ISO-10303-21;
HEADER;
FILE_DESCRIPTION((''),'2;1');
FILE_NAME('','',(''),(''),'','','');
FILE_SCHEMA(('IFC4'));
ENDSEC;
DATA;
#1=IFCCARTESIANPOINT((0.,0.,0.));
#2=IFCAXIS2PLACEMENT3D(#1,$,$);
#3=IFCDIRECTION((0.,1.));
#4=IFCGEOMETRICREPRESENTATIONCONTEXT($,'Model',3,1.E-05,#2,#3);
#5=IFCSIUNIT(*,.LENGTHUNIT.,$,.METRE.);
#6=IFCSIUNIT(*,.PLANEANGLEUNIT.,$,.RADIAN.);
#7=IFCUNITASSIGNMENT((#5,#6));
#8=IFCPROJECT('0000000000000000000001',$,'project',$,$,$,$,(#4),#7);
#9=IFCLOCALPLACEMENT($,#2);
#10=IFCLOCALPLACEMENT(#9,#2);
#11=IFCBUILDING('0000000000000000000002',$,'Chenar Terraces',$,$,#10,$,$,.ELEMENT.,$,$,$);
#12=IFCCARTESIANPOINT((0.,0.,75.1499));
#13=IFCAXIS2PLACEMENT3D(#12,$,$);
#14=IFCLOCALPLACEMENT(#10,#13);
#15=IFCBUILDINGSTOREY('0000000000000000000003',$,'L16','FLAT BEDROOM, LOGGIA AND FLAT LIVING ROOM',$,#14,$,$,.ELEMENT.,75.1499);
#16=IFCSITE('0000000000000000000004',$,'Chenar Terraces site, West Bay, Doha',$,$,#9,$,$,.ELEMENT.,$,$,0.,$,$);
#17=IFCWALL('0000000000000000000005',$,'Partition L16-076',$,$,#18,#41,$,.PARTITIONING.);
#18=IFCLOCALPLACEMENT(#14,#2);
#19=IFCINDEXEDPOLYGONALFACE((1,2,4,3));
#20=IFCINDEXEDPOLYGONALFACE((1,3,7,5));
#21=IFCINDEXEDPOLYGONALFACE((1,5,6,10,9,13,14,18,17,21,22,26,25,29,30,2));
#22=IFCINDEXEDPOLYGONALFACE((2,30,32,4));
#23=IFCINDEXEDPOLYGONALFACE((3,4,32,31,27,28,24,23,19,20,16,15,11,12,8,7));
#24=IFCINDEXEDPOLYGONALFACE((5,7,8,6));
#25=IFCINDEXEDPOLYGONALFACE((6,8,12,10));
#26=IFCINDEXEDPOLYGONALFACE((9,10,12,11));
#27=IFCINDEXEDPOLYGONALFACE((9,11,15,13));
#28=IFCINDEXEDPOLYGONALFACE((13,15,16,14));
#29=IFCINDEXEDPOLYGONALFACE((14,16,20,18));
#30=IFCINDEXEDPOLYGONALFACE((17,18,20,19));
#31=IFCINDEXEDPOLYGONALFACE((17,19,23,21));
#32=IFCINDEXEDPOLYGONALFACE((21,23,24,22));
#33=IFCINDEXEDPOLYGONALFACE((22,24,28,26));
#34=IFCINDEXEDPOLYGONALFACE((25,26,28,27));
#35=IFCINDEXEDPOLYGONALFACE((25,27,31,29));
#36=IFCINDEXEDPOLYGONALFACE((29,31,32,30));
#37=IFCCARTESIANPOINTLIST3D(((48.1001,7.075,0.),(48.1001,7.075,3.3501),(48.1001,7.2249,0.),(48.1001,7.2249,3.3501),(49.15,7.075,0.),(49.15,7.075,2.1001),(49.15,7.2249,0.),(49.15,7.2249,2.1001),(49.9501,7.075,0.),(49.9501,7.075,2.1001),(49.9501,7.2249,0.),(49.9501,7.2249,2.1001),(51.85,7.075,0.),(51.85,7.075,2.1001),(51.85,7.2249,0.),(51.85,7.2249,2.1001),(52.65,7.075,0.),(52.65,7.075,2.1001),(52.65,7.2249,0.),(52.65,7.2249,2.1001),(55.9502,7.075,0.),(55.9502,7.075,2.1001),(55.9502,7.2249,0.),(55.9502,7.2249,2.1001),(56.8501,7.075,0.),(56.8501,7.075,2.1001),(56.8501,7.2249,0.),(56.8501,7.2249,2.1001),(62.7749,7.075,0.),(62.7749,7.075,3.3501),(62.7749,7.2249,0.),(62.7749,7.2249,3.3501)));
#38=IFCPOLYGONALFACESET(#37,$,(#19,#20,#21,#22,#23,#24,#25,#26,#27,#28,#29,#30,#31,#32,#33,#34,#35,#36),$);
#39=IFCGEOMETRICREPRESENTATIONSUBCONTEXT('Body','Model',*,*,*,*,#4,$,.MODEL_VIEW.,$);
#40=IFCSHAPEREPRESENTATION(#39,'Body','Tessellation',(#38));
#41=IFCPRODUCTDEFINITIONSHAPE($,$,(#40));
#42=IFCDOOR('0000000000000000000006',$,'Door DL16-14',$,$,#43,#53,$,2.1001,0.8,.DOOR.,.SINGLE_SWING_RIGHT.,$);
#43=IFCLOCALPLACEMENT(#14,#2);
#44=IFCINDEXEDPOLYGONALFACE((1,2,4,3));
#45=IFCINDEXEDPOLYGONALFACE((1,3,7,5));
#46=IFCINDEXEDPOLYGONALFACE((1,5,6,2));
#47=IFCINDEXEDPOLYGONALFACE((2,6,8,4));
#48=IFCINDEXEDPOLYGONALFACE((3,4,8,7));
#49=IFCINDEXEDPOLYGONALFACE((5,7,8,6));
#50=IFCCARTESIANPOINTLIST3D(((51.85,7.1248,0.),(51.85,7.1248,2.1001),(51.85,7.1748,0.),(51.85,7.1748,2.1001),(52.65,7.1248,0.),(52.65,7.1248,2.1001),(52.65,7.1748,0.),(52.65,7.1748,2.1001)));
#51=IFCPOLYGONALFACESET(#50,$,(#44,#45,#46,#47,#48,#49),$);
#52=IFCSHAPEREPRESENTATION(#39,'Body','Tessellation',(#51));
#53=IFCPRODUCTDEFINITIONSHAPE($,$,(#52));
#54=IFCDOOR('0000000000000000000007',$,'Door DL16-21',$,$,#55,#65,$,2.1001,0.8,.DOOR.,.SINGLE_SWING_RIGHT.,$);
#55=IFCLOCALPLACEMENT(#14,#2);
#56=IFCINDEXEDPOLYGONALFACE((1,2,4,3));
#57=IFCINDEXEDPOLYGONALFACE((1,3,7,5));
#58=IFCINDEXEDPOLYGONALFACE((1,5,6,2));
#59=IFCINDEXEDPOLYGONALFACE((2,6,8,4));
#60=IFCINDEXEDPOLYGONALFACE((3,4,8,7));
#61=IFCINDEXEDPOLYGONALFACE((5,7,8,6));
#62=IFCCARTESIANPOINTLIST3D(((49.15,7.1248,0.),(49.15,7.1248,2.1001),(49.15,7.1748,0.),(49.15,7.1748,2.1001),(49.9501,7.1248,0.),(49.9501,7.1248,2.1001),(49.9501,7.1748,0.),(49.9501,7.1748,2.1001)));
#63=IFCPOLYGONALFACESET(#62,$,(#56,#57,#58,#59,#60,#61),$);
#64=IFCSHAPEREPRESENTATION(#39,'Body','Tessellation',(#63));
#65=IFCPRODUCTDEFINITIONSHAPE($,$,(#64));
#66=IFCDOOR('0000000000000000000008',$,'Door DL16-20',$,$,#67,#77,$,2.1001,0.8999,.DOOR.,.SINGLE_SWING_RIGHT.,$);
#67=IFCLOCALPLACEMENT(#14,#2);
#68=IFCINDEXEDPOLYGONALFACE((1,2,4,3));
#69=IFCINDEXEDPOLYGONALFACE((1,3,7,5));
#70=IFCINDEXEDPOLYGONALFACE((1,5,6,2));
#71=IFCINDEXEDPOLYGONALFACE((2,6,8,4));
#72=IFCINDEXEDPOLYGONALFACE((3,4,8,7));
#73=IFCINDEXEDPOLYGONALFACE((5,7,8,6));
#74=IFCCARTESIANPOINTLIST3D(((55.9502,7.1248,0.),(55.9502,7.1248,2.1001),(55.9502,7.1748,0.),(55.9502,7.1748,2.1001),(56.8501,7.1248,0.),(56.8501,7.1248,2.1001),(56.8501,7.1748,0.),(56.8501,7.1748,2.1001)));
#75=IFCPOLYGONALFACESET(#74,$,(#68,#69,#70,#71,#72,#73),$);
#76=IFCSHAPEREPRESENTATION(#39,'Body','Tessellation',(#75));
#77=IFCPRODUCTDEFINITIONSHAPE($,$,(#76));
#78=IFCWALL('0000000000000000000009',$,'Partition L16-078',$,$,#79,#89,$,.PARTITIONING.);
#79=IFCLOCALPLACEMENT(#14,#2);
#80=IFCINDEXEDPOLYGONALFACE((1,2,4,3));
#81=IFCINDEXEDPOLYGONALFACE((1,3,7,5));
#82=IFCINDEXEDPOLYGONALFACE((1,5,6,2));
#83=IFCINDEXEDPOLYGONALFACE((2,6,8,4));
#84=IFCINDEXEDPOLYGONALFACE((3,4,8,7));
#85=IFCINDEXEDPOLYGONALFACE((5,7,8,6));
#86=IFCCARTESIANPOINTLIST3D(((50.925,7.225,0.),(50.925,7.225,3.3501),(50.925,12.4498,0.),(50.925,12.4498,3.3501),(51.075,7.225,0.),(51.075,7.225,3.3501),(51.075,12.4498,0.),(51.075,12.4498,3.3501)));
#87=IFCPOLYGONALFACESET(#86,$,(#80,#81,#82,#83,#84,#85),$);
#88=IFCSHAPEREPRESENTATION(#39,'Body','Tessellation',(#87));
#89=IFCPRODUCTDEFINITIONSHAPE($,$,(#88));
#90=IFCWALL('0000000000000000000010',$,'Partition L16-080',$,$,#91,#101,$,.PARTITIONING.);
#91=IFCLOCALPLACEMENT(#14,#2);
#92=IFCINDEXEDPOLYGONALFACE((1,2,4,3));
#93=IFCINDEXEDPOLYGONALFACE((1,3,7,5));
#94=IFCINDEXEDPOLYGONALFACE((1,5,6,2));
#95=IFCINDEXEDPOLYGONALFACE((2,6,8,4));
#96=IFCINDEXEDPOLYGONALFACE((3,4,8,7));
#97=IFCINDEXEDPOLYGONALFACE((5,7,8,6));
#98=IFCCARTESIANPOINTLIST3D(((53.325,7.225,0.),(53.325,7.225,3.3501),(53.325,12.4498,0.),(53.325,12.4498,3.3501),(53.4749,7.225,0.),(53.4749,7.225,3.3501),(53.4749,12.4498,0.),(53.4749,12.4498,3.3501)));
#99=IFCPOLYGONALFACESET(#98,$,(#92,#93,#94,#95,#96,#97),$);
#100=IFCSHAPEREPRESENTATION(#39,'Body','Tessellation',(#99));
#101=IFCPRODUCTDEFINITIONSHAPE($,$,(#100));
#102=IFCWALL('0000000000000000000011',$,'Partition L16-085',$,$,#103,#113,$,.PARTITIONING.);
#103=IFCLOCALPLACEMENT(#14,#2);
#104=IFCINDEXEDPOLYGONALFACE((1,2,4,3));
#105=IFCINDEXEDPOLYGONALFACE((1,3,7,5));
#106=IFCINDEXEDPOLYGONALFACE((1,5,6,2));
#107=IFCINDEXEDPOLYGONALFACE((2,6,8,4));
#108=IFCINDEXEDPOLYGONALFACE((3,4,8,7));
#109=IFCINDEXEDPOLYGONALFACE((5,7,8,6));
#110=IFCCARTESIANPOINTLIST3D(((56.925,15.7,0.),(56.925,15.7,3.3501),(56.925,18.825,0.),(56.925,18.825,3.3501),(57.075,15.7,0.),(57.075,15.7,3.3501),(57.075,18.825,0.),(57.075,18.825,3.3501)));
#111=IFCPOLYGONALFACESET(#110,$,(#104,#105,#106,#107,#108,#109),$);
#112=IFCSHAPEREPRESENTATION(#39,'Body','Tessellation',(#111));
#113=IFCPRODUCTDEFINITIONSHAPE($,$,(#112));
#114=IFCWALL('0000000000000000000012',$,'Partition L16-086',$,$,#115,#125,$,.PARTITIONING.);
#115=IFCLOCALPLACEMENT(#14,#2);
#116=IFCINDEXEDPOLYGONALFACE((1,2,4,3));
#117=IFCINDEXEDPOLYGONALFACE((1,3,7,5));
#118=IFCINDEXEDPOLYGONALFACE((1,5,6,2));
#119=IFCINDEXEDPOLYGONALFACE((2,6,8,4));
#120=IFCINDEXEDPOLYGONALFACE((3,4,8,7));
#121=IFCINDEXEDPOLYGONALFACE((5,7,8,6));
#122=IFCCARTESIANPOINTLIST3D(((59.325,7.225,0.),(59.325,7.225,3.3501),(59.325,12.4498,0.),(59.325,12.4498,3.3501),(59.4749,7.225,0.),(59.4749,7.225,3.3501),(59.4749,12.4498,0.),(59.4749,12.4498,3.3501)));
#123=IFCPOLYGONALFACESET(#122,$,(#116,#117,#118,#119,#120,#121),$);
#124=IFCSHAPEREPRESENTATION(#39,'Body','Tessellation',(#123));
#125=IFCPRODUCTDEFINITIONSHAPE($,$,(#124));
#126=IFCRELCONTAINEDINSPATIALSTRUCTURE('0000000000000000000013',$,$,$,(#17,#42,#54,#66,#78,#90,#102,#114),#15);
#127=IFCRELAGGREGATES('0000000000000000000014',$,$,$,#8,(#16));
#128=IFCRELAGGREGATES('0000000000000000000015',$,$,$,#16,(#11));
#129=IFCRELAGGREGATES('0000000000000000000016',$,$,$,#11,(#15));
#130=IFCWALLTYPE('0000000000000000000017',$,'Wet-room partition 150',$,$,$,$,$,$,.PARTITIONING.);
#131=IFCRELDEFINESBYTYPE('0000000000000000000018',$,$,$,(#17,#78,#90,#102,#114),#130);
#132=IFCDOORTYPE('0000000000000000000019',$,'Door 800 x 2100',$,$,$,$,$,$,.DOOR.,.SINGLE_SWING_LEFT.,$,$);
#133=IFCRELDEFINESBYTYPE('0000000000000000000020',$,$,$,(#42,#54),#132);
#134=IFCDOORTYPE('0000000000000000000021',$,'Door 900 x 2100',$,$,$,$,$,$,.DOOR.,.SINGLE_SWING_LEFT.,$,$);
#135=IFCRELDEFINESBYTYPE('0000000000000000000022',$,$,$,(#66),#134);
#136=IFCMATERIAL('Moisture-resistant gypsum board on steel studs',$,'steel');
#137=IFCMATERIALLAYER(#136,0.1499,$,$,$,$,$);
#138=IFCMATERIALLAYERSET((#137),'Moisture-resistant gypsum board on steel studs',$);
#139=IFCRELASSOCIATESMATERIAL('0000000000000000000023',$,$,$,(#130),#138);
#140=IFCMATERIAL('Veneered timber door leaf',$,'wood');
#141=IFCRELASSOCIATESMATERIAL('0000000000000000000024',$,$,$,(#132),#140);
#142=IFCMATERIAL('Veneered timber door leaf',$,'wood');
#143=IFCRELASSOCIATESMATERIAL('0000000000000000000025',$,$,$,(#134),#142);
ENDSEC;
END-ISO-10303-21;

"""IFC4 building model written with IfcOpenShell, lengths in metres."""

from ifc_helpers import new_model, si_unit, direction, frame, frame_2d, origin, place, context, subcontext, project, spatial, rectangle, extrude, material, layer, layer_set, type_object, element, fill, save


model = new_model("IFC4")

# Units and contexts
model_context = context("Model", 3, precision=1e-05, world=origin(), true_north=direction((0.0, 1.0)))
body_context = subcontext(model_context, "Body", "Model", "MODEL_VIEW")
ifc_project = project(units=[si_unit("LENGTHUNIT", "METRE"), si_unit("PLANEANGLEUNIT", "RADIAN")], contexts=[model_context])

# Site, building, storey
site_placement = place(None, origin())
site = spatial("IfcSite", under=ifc_project, at=site_placement, Name="Chenar Terraces site, West Bay, Doha", CompositionType="ELEMENT", RefElevation=0.0)
building_placement = place(site_placement, origin())
building = spatial("IfcBuilding", under=site, at=building_placement, Name="Chenar Terraces", CompositionType="ELEMENT")
storey_placement = place(building_placement, frame((0.0, 0.0, 75.1499)))
storey = spatial("IfcBuildingStorey", under=building, at=storey_placement, Name="L16", Description="FLAT BEDROOM, LOGGIA AND FLAT LIVING ROOM", CompositionType="ELEMENT", Elevation=75.1499)

# Wall, openings, doors
ifc_material_1 = material(Name="Moisture-resistant gypsum board on steel studs", Category="steel")
ifc_layer_1 = layer(ifc_material_1, 0.1499)
ifc_layer_set_1 = layer_set([ifc_layer_1], Name="Moisture-resistant gypsum board on steel studs")
wall_type_1 = type_object("IfcWallType", Name="Wet-room partition 150", PredefinedType="PARTITIONING", material=ifc_layer_set_1)
ifc_material_2 = material(Name="Veneered timber door leaf", Category="wood")
door_type_1 = type_object("IfcDoorType", Name="Door 800 x 2100", OperationType="SINGLE_SWING_LEFT", PredefinedType="DOOR", material=ifc_material_2)
ifc_material_3 = material(Name="Veneered timber door leaf", Category="wood")
door_type_2 = type_object("IfcDoorType", Name="Door 900 x 2100", OperationType="SINGLE_SWING_LEFT", PredefinedType="DOOR", material=ifc_material_3)
wall_1_placement = place(storey_placement, frame((48.1001, 7.1499, 0.0), z_axis=(0.0, 0.0, 1.0), x_axis=(1.0, 0.0, 0.0)))
wall_1 = element("IfcWall", 1, at=wall_1_placement, inside=storey, type_object=wall_type_1, Name="Partition L16-076", PredefinedType="PARTITIONING", context=body_context, shape_type="SweptSolid", body=[
    extrude(rectangle(XDim=14.6748, YDim=0.1499, at=frame_2d((7.3374, 0.0))), origin(), (0.0, 0.0, 1.0), 3.3501),
])
opening_1_placement = place(wall_1_placement, frame((3.75, 0.0, 0.0)))
opening_1 = element("IfcOpeningElement", 2, at=opening_1_placement, cuts=wall_1, PredefinedType="OPENING", context=body_context, shape_type="SweptSolid", body=[
    extrude(rectangle(XDim=0.8, YDim=2.1001, at=frame_2d((0.3999, 1.05))), frame((0.0, 0.085, 0.0), z_axis=(0.0, -1.0, 0.0), x_axis=(1.0, 0.0, 0.0)), (0.0, 0.0, 1.0), 0.1699),
])
opening_2_placement = place(wall_1_placement, frame((7.8501, 0.0, 0.0)))
opening_2 = element("IfcOpeningElement", 3, at=opening_2_placement, cuts=wall_1, PredefinedType="OPENING", context=body_context, shape_type="SweptSolid", body=[
    extrude(rectangle(XDim=0.8999, YDim=2.1001, at=frame_2d((0.45, 1.05))), frame((0.0, 0.085, 0.0), z_axis=(0.0, -1.0, 0.0), x_axis=(1.0, 0.0, 0.0)), (0.0, 0.0, 1.0), 0.1699),
])
opening_3_placement = place(wall_1_placement, frame((1.05, 0.0, 0.0)))
opening_3 = element("IfcOpeningElement", 4, at=opening_3_placement, cuts=wall_1, PredefinedType="OPENING", context=body_context, shape_type="SweptSolid", body=[
    extrude(rectangle(XDim=0.8, YDim=2.1001, at=frame_2d((0.3999, 1.05))), frame((0.0, 0.085, 0.0), z_axis=(0.0, -1.0, 0.0), x_axis=(1.0, 0.0, 0.0)), (0.0, 0.0, 1.0), 0.1699),
])
door_1_placement = place(opening_1_placement, origin())
door_1 = element("IfcDoor", 5, at=door_1_placement, inside=storey, type_object=door_type_1, Name="Door DL16-14", OperationType="SINGLE_SWING_RIGHT", OverallHeight=2.1001, OverallWidth=0.8, PredefinedType="DOOR", context=body_context, shape_type="SweptSolid", body=[
    extrude(rectangle(XDim=0.8, YDim=2.1001, at=frame_2d((0.3999, 1.05))), frame((0.0, 0.0249, 0.0), z_axis=(0.0, -1.0, 0.0), x_axis=(1.0, 0.0, 0.0)), (0.0, 0.0, 1.0), 0.05),
])
fill(opening_1, door_1)
door_2_placement = place(opening_3_placement, origin())
door_2 = element("IfcDoor", 6, at=door_2_placement, inside=storey, type_object=door_type_1, Name="Door DL16-21", OperationType="SINGLE_SWING_RIGHT", OverallHeight=2.1001, OverallWidth=0.8, PredefinedType="DOOR", context=body_context, shape_type="SweptSolid", body=[
    extrude(rectangle(XDim=0.8, YDim=2.1001, at=frame_2d((0.3999, 1.05))), frame((0.0, 0.0249, 0.0), z_axis=(0.0, -1.0, 0.0), x_axis=(1.0, 0.0, 0.0)), (0.0, 0.0, 1.0), 0.05),
])
fill(opening_3, door_2)
door_3_placement = place(opening_2_placement, origin())
door_3 = element("IfcDoor", 7, at=door_3_placement, inside=storey, type_object=door_type_2, Name="Door DL16-20", OperationType="SINGLE_SWING_RIGHT", OverallHeight=2.1001, OverallWidth=0.8999, PredefinedType="DOOR", context=body_context, shape_type="SweptSolid", body=[
    extrude(rectangle(XDim=0.8999, YDim=2.1001, at=frame_2d((0.45, 1.05))), frame((0.0, 0.0249, 0.0), z_axis=(0.0, -1.0, 0.0), x_axis=(1.0, 0.0, 0.0)), (0.0, 0.0, 1.0), 0.05),
])
fill(opening_2, door_3)

# Walls
for number, where, z_axis, x_axis, name in (
    (8, (51.0, 7.2251, 0.0), (0.0, 0.0, 1.0), (0.0, 1.0, 0.0), "Partition L16-078"),
    (9, (53.3999, 7.2251, 0.0), (0.0, 0.0, 1.0), (0.0, 1.0, 0.0), "Partition L16-080"),
):
    element("IfcWall", number, at=place(storey_placement, frame(where, z_axis=z_axis, x_axis=x_axis)), inside=storey, type_object=wall_type_1, Name=name, PredefinedType="PARTITIONING", context=body_context, shape_type="SweptSolid", body=[
        extrude(rectangle(XDim=5.2249, YDim=0.1499, at=frame_2d((2.6123, 0.0))), origin(), (0.0, 0.0, 1.0), 3.3501),
    ])
wall_2_placement = place(storey_placement, frame((57.0, 15.7, 0.0), z_axis=(0.0, 0.0, 1.0), x_axis=(0.0, 1.0, 0.0)))
element("IfcWall", 10, at=wall_2_placement, inside=storey, type_object=wall_type_1, Name="Partition L16-085", PredefinedType="PARTITIONING", context=body_context, shape_type="SweptSolid", body=[
    extrude(rectangle(XDim=3.125, YDim=0.1499, at=frame_2d((1.5625, 0.0))), origin(), (0.0, 0.0, 1.0), 3.3501),
])
wall_3_placement = place(storey_placement, frame((59.3999, 7.2251, 0.0), z_axis=(0.0, 0.0, 1.0), x_axis=(0.0, 1.0, 0.0)))
element("IfcWall", 11, at=wall_3_placement, inside=storey, type_object=wall_type_1, Name="Partition L16-086", PredefinedType="PARTITIONING", context=body_context, shape_type="SweptSolid", body=[
    extrude(rectangle(XDim=5.2249, YDim=0.1499, at=frame_2d((2.6123, 0.0))), origin(), (0.0, 0.0, 1.0), 3.3501),
])

save(model, "model.ifc")
